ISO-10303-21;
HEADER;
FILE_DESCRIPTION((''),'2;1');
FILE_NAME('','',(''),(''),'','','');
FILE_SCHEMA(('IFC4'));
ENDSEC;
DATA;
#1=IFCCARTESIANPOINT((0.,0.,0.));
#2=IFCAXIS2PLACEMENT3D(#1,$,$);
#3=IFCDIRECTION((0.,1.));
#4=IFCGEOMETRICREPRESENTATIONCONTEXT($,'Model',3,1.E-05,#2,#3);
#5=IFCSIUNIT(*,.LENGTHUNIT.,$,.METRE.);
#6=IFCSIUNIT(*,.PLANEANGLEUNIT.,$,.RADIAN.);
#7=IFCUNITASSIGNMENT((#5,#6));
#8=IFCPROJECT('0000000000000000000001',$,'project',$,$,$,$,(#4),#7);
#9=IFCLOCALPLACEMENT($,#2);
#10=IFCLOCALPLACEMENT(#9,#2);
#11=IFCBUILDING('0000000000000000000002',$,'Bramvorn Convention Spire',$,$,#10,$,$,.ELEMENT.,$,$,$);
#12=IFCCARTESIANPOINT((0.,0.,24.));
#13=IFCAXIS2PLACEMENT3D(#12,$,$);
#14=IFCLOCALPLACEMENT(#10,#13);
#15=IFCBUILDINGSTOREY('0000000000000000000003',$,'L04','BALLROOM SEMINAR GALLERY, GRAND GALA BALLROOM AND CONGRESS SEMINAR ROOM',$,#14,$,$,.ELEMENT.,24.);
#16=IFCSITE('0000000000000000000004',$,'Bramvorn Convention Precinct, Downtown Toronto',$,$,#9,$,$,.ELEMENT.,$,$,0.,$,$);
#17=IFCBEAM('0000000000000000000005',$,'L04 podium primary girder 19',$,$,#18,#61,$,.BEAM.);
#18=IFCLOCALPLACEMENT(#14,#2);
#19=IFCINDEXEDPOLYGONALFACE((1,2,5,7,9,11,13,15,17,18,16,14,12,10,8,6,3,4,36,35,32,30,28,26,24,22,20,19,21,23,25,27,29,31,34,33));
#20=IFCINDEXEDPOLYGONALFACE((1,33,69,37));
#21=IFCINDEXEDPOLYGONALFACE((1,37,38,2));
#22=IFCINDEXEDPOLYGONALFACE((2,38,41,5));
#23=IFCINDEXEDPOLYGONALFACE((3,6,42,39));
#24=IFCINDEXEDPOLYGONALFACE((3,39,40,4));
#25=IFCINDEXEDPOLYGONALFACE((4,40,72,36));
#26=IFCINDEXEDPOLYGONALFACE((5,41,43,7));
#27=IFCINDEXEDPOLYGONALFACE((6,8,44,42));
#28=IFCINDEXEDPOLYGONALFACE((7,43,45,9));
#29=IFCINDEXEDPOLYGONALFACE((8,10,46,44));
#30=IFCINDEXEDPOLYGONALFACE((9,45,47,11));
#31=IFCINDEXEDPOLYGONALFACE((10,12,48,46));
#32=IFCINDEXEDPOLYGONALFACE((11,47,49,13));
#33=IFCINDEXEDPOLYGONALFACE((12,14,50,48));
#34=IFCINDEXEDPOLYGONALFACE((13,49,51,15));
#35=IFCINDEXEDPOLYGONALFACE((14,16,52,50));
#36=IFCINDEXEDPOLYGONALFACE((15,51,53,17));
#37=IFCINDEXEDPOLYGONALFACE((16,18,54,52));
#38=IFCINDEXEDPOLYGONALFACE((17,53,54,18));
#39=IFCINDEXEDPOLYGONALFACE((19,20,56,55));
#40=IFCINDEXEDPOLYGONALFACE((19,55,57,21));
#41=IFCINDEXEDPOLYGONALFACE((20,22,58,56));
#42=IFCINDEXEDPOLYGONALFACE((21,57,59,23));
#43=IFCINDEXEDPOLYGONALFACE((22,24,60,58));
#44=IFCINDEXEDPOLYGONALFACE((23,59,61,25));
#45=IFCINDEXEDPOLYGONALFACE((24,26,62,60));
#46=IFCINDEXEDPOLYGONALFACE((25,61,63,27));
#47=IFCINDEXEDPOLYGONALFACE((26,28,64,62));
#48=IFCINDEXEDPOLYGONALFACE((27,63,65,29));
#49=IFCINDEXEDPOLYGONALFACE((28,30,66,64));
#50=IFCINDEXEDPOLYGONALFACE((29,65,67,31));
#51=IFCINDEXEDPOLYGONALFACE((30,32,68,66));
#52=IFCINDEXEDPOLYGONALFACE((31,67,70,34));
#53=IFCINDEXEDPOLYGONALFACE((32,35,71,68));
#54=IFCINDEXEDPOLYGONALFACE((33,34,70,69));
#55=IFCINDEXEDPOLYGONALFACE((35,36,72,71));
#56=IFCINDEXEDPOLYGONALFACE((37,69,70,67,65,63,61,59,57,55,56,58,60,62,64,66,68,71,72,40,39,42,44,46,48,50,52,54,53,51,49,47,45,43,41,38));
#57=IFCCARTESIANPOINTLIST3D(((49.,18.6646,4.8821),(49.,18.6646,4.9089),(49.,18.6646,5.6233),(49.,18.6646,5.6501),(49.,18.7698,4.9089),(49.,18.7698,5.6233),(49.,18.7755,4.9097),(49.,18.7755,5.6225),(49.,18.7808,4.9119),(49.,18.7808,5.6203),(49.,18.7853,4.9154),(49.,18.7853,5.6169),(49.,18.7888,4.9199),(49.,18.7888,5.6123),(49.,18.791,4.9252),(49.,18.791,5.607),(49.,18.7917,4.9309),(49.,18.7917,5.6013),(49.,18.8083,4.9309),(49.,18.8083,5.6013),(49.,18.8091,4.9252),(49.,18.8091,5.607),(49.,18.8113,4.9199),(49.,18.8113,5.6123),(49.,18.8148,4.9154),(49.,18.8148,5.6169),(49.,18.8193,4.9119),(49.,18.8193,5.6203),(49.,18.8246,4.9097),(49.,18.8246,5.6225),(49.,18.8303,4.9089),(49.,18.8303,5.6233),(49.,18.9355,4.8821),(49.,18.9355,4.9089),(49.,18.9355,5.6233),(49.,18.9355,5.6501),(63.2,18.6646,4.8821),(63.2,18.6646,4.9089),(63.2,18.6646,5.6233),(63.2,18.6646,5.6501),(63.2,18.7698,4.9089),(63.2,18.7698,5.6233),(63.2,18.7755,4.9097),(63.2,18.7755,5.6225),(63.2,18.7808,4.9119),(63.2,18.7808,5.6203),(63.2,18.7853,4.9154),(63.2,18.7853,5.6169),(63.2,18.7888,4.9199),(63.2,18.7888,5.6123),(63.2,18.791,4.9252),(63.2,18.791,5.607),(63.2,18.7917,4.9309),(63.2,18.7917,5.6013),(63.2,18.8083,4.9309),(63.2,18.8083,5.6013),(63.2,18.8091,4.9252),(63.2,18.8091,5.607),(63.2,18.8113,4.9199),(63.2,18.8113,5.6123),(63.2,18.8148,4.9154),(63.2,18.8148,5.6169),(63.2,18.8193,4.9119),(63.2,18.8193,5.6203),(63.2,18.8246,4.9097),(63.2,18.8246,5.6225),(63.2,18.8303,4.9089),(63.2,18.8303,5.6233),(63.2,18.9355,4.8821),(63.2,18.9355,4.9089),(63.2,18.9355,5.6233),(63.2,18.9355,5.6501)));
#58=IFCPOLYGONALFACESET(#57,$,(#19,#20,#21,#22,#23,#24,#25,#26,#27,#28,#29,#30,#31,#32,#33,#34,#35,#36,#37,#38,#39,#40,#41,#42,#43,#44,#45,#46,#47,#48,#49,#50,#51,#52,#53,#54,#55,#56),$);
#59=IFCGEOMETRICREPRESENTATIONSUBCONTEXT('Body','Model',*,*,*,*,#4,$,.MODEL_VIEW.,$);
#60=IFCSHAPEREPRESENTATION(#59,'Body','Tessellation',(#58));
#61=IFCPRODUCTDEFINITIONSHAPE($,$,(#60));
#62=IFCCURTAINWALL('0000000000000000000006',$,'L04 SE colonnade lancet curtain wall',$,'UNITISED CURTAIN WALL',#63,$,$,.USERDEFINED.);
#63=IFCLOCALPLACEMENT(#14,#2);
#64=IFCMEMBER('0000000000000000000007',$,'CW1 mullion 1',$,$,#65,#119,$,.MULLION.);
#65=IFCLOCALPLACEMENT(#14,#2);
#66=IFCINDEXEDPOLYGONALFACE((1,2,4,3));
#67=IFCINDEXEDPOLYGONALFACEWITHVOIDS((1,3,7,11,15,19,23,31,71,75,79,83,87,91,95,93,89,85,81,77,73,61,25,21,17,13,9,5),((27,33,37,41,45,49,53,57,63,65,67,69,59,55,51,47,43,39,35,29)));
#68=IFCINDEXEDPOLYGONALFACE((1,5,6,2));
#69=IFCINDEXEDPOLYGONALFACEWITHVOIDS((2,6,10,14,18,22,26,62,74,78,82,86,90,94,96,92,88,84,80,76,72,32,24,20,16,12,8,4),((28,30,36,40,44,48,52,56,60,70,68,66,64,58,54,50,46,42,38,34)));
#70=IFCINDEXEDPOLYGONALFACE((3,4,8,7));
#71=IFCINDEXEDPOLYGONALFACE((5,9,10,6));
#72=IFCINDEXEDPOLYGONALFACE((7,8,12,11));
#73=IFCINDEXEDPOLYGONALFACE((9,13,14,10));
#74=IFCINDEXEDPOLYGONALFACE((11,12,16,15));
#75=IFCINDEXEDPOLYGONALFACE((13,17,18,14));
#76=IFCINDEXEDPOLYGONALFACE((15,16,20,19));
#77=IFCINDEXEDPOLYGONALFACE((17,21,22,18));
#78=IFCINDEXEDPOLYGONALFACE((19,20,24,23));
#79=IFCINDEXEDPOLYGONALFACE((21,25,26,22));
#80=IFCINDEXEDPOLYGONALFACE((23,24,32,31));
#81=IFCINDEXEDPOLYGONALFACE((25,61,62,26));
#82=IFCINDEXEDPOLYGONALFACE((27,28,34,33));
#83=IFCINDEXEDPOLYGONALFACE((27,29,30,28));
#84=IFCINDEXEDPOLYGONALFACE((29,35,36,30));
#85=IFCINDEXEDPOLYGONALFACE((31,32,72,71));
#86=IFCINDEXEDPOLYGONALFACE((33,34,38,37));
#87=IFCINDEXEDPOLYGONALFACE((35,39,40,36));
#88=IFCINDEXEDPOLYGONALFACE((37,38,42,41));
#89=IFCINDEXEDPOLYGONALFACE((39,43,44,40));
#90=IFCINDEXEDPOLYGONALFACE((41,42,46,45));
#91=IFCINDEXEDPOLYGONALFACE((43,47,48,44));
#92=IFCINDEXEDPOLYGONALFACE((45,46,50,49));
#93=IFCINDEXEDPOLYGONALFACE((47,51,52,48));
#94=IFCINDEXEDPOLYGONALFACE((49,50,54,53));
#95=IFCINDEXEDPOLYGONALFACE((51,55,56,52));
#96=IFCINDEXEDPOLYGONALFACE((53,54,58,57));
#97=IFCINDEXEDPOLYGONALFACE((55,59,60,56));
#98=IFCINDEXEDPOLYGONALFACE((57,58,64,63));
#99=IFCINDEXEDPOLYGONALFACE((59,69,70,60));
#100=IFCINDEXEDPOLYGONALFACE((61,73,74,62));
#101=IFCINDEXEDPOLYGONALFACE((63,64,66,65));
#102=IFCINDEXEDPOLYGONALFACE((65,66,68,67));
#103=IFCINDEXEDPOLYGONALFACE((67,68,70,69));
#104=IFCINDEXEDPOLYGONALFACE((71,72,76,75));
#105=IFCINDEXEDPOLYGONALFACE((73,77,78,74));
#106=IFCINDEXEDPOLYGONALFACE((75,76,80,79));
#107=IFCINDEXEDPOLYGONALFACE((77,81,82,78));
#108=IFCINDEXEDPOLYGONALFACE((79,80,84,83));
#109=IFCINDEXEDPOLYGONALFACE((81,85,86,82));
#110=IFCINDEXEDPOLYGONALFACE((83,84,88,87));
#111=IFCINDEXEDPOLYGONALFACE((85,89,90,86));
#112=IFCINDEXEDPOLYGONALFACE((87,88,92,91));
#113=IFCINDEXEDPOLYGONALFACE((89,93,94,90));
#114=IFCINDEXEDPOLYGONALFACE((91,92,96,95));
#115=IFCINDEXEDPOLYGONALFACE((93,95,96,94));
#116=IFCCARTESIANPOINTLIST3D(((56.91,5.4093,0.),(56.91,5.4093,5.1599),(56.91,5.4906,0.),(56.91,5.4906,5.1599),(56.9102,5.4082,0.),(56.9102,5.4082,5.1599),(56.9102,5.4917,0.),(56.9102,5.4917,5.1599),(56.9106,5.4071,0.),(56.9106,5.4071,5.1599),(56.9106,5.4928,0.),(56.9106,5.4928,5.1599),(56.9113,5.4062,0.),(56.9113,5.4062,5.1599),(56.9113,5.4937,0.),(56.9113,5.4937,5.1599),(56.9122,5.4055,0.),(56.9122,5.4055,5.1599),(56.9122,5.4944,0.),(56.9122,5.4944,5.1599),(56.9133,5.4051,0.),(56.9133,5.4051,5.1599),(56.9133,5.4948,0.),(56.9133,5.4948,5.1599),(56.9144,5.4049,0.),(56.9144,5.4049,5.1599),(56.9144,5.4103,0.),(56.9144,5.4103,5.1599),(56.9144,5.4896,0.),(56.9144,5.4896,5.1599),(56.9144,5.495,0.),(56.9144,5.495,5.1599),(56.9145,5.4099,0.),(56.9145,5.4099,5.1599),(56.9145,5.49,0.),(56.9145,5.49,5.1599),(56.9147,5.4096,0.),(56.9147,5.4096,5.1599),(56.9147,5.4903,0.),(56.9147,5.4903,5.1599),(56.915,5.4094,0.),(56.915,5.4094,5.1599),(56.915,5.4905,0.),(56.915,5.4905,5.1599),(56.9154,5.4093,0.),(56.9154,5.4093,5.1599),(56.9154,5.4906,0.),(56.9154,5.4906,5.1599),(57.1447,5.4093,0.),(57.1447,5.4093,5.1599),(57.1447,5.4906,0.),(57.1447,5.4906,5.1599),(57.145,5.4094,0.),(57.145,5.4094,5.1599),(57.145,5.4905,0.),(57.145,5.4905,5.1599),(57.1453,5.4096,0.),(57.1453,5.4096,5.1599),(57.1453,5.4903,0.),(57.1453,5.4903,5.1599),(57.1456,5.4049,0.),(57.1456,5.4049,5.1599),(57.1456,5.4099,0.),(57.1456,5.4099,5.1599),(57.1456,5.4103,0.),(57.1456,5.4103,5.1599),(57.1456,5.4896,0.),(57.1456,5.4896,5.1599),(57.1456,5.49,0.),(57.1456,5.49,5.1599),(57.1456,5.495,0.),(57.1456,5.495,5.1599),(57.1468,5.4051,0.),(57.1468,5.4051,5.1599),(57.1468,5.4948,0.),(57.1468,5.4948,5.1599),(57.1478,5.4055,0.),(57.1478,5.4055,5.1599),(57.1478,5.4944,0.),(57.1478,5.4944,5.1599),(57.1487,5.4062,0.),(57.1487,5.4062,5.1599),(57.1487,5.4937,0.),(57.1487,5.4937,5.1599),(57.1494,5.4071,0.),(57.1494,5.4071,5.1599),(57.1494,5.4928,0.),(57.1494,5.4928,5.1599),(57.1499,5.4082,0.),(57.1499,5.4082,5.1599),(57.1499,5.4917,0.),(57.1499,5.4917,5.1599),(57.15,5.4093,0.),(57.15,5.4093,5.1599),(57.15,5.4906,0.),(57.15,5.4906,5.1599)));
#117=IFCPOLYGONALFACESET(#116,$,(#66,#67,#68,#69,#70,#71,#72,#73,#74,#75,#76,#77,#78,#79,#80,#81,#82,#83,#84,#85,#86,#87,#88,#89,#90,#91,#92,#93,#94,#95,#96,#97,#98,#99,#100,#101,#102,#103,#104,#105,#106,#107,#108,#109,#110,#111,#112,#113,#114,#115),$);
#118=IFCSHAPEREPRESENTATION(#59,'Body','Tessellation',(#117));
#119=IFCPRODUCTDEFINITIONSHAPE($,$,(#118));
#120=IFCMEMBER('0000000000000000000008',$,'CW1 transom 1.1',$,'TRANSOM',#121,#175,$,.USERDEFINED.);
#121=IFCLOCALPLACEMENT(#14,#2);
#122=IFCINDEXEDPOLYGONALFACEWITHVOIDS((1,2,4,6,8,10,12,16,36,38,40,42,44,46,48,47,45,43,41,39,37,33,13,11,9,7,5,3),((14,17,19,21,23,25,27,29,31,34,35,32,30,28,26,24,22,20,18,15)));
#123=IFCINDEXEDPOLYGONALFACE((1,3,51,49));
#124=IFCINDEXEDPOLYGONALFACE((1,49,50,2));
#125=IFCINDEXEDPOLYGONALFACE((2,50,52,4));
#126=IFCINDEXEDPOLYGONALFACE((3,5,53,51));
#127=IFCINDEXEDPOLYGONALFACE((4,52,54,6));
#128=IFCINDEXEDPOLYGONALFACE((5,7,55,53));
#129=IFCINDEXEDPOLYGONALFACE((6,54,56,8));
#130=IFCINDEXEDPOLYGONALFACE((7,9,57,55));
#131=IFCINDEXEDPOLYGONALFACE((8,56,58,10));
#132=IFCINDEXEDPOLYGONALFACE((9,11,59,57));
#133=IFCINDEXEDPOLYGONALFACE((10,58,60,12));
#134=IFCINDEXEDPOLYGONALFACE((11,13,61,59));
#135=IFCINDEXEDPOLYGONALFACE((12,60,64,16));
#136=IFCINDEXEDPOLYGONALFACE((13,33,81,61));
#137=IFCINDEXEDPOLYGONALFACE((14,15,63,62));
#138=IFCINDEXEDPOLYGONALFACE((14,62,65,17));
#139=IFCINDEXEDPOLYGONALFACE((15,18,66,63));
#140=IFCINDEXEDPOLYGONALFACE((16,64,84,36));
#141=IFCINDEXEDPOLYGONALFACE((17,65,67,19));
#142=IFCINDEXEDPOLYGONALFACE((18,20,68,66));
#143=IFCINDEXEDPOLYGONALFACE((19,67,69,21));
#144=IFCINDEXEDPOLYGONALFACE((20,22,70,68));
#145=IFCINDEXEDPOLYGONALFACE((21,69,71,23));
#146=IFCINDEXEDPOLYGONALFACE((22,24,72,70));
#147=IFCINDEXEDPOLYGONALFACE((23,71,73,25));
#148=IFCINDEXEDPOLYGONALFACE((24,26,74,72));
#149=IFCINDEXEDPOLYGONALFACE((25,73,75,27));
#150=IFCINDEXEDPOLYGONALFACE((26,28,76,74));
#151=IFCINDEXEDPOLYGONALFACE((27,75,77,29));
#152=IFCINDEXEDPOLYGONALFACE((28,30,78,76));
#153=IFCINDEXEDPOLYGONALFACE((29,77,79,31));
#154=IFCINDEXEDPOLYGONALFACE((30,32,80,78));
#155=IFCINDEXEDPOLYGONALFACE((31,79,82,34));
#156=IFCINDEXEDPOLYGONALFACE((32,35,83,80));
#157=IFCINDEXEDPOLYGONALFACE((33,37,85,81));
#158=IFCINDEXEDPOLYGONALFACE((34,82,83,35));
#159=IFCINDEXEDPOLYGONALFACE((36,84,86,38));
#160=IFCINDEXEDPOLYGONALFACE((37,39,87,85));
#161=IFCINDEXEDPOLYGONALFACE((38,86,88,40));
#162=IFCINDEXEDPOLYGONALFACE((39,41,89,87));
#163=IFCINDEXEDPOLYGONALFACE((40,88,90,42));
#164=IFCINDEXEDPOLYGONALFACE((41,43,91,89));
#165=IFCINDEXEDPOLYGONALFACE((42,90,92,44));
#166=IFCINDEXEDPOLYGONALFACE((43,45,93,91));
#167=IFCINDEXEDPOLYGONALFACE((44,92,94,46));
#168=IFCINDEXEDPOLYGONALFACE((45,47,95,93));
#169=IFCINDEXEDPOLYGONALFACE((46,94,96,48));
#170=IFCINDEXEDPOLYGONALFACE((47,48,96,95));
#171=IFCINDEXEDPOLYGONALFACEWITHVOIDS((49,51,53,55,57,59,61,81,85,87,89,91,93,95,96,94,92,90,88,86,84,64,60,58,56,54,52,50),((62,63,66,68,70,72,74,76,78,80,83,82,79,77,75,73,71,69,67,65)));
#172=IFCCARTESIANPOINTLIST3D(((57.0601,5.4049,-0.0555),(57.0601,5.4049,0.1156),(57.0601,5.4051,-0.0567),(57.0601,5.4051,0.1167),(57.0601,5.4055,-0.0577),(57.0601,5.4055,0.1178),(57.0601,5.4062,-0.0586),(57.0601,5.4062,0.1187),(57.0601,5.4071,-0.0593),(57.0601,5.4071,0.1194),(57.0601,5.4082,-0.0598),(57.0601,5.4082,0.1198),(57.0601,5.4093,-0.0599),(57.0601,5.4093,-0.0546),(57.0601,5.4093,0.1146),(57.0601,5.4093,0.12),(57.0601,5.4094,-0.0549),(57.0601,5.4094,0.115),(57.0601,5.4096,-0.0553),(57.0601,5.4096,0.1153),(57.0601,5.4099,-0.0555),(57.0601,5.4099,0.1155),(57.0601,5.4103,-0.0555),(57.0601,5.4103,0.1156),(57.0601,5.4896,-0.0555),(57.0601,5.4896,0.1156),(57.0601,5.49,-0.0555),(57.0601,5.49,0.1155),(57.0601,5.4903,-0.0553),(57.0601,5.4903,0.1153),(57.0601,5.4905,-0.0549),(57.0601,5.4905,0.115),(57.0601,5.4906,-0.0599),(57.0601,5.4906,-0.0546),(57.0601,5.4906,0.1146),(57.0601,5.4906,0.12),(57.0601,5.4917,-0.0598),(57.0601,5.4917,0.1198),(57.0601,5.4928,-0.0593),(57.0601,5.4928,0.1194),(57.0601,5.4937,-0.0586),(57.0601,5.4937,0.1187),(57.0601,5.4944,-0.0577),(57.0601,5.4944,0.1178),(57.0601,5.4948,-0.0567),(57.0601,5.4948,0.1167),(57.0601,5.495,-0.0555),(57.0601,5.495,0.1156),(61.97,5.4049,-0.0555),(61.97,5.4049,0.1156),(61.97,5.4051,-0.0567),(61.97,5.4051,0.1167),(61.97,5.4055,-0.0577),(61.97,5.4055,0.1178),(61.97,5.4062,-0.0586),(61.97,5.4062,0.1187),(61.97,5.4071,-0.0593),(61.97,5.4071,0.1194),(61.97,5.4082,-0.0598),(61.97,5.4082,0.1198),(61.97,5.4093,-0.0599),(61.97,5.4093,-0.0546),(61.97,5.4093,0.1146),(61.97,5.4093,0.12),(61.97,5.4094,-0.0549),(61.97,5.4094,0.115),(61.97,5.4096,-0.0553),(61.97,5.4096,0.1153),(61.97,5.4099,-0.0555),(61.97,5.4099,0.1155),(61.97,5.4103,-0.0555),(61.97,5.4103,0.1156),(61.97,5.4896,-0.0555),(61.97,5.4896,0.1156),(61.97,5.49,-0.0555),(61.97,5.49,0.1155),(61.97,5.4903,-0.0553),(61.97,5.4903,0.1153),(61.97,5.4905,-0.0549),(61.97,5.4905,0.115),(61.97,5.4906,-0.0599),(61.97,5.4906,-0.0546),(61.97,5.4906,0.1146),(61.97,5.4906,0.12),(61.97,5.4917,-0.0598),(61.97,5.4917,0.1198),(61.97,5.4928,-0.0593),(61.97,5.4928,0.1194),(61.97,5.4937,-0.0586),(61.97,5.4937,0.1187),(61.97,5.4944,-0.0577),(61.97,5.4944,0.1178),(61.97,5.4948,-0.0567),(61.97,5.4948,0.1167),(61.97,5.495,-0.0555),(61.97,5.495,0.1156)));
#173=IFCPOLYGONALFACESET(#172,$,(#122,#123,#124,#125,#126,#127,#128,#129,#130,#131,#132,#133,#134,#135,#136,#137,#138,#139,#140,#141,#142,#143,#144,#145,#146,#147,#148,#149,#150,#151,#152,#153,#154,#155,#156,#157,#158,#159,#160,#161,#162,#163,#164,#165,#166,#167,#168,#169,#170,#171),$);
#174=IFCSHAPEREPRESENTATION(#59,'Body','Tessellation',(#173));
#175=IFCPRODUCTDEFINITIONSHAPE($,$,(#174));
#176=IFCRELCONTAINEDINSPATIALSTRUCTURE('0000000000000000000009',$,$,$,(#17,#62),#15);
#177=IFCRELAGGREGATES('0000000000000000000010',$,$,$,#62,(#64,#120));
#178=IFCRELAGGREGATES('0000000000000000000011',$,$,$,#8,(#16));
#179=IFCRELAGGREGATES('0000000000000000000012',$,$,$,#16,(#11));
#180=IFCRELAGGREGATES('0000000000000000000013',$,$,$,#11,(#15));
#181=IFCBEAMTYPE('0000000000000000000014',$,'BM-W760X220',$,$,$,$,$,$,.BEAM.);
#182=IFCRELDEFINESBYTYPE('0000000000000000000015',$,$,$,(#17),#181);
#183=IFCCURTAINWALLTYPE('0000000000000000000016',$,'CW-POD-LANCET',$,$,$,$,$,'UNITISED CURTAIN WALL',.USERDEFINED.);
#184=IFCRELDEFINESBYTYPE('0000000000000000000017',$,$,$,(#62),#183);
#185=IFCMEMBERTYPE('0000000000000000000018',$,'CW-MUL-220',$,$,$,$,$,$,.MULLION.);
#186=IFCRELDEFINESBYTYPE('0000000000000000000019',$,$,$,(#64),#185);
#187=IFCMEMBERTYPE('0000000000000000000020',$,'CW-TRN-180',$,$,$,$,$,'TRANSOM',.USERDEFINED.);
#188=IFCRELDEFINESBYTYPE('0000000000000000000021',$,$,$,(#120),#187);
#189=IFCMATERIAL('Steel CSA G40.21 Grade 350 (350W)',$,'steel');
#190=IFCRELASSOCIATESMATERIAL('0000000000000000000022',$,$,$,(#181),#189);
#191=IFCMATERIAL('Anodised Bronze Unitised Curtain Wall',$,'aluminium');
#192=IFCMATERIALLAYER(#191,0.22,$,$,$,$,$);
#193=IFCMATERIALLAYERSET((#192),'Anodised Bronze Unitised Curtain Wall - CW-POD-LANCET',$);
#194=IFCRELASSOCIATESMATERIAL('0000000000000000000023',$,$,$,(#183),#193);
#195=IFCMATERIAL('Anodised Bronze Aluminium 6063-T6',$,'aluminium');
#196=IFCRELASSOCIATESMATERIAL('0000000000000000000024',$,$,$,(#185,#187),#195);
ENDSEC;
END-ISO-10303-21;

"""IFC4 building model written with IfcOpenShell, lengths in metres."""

from ifc_helpers import new_model, si_unit, direction, frame, origin, origin_2d, place, context, subcontext, project, spatial, hollow_rectangle, i_section, extrude, material, layer, layer_set, material_profile, profile_set, type_object, element, aggregate, save


model = new_model("IFC4")

# Units and contexts
model_context = context("Model", 3, precision=1e-05, world=origin(), true_north=direction((0.0, 1.0)))
body_context = subcontext(model_context, "Body", "Model", "MODEL_VIEW")
ifc_project = project(units=[si_unit("LENGTHUNIT", "METRE"), si_unit("PLANEANGLEUNIT", "RADIAN")], contexts=[model_context])

# Site, building, storey
site_placement = place(None, origin())
site = spatial("IfcSite", under=ifc_project, at=site_placement, Name="Bramvorn Convention Precinct, Downtown Toronto", CompositionType="ELEMENT", RefElevation=0.0)
building_placement = place(site_placement, origin())
building = spatial("IfcBuilding", under=site, at=building_placement, Name="Bramvorn Convention Spire", CompositionType="ELEMENT")
storey_placement = place(building_placement, frame((0.0, 0.0, 24.0)))
storey = spatial("IfcBuildingStorey", under=building, at=storey_placement, Name="L04", Description="BALLROOM SEMINAR GALLERY, GRAND GALA BALLROOM AND CONGRESS SEMINAR ROOM", CompositionType="ELEMENT", Elevation=24.0)

# Shared definitions
ifc_material_1 = material(Name="Steel CSA G40.21 Grade 350 (350W)", Category="steel")

# Beam
ifc_material_profile_1 = material_profile(ifc_material_1, i_section(OverallWidth=0.271, OverallDepth=0.7681, WebThickness=0.0166, FlangeThickness=0.0269, FilletRadius=0.022, at=origin_2d()))
ifc_profile_set_1 = profile_set([ifc_material_profile_1], Name="Steel CSA G40.21 Grade 350 (350W) - W760X220")
beam_type_1 = type_object("IfcBeamType", Name="BM-W760X220", PredefinedType="BEAM", material=ifc_profile_set_1)
for number, where, z_axis, x_axis, name in (
    (1, (49.0, 18.8, 5.2661), (1.0, 0.0, 0.0), (0.0, 1.0, 0.0), "L04 podium primary girder 19"),
):
    element("IfcBeam", number, at=place(storey_placement, frame(where, z_axis=z_axis, x_axis=x_axis)), inside=storey, type_object=beam_type_1, Name=name, PredefinedType="BEAM", context=body_context, shape_type="SweptSolid", body=[
        extrude(i_section(OverallWidth=0.271, OverallDepth=0.7681, WebThickness=0.0166, FlangeThickness=0.0269, FilletRadius=0.022, at=origin_2d()), origin(), (0.0, 0.0, 1.0), 14.2),
    ])

# Curtain wall, members
ifc_material_2 = material(Name="Anodised Bronze Unitised Curtain Wall", Category="aluminium")
ifc_layer_1 = layer(ifc_material_2, 0.22)
ifc_layer_set_1 = layer_set([ifc_layer_1], Name="Anodised Bronze Unitised Curtain Wall - CW-POD-LANCET")
curtain_wall_type = type_object("IfcCurtainWallType", Name="CW-POD-LANCET", ElementType="UNITISED CURTAIN WALL", PredefinedType="USERDEFINED", material=ifc_layer_set_1)
curtain_wall_placement = place(storey_placement, origin())
curtain_wall = element("IfcCurtainWall", 2, at=curtain_wall_placement, inside=storey, type_object=curtain_wall_type, Name="L04 SE colonnade lancet curtain wall", ObjectType="UNITISED CURTAIN WALL", PredefinedType="USERDEFINED")
ifc_material_3 = material(Name="Anodised Bronze Aluminium 6063-T6", Category="aluminium")
ifc_material_profile_2 = material_profile(ifc_material_3, hollow_rectangle(XDim=0.0901, YDim=0.24, WallThickness=0.0044, InnerFilletRadius=0.001, OuterFilletRadius=0.0044, at=origin_2d()))
ifc_profile_set_2 = profile_set([ifc_material_profile_2], Name="Anodised Bronze Aluminium 6063-T6 - CWM90X240")
member_type_1 = type_object("IfcMemberType", Name="CW-MUL-220", PredefinedType="MULLION", material=ifc_profile_set_2)
member_1_placement = place(storey_placement, frame((57.03, 5.45, 0.0), z_axis=(0.0, 0.0, 1.0), x_axis=(0.0, 1.0, 0.0)))
member_1 = element("IfcMember", 3, at=member_1_placement, type_object=member_type_1, Name="CW1 mullion 1", PredefinedType="MULLION", context=body_context, shape_type="SweptSolid", body=[
    extrude(hollow_rectangle(XDim=0.0901, YDim=0.24, WallThickness=0.0044, InnerFilletRadius=0.001, OuterFilletRadius=0.0044, at=origin_2d()), origin(), (0.0, 0.0, 1.0), 5.1599),
])
ifc_material_profile_3 = material_profile(ifc_material_3, hollow_rectangle(XDim=0.0901, YDim=0.1799, WallThickness=0.0044, InnerFilletRadius=0.001, OuterFilletRadius=0.0044, at=origin_2d()))
ifc_profile_set_3 = profile_set([ifc_material_profile_3], Name="Anodised Bronze Aluminium 6063-T6 - CWT90X180")
member_type_2 = type_object("IfcMemberType", Name="CW-TRN-180", ElementType="TRANSOM", PredefinedType="USERDEFINED", material=ifc_profile_set_3)
member_2_placement = place(storey_placement, frame((57.0601, 5.45, 0.03), z_axis=(1.0, 0.0, 0.0), x_axis=(0.0, 1.0, 0.0)))
member_2 = element("IfcMember", 4, at=member_2_placement, type_object=member_type_2, Name="CW1 transom 1.1", ObjectType="TRANSOM", PredefinedType="USERDEFINED", context=body_context, shape_type="SweptSolid", body=[
    extrude(hollow_rectangle(XDim=0.0901, YDim=0.1799, WallThickness=0.0044, InnerFilletRadius=0.001, OuterFilletRadius=0.0044, at=origin_2d()), origin(), (0.0, 0.0, 1.0), 4.9099),
])
aggregate(curtain_wall, [member_1, member_2])

save(model, "model.ifc")
